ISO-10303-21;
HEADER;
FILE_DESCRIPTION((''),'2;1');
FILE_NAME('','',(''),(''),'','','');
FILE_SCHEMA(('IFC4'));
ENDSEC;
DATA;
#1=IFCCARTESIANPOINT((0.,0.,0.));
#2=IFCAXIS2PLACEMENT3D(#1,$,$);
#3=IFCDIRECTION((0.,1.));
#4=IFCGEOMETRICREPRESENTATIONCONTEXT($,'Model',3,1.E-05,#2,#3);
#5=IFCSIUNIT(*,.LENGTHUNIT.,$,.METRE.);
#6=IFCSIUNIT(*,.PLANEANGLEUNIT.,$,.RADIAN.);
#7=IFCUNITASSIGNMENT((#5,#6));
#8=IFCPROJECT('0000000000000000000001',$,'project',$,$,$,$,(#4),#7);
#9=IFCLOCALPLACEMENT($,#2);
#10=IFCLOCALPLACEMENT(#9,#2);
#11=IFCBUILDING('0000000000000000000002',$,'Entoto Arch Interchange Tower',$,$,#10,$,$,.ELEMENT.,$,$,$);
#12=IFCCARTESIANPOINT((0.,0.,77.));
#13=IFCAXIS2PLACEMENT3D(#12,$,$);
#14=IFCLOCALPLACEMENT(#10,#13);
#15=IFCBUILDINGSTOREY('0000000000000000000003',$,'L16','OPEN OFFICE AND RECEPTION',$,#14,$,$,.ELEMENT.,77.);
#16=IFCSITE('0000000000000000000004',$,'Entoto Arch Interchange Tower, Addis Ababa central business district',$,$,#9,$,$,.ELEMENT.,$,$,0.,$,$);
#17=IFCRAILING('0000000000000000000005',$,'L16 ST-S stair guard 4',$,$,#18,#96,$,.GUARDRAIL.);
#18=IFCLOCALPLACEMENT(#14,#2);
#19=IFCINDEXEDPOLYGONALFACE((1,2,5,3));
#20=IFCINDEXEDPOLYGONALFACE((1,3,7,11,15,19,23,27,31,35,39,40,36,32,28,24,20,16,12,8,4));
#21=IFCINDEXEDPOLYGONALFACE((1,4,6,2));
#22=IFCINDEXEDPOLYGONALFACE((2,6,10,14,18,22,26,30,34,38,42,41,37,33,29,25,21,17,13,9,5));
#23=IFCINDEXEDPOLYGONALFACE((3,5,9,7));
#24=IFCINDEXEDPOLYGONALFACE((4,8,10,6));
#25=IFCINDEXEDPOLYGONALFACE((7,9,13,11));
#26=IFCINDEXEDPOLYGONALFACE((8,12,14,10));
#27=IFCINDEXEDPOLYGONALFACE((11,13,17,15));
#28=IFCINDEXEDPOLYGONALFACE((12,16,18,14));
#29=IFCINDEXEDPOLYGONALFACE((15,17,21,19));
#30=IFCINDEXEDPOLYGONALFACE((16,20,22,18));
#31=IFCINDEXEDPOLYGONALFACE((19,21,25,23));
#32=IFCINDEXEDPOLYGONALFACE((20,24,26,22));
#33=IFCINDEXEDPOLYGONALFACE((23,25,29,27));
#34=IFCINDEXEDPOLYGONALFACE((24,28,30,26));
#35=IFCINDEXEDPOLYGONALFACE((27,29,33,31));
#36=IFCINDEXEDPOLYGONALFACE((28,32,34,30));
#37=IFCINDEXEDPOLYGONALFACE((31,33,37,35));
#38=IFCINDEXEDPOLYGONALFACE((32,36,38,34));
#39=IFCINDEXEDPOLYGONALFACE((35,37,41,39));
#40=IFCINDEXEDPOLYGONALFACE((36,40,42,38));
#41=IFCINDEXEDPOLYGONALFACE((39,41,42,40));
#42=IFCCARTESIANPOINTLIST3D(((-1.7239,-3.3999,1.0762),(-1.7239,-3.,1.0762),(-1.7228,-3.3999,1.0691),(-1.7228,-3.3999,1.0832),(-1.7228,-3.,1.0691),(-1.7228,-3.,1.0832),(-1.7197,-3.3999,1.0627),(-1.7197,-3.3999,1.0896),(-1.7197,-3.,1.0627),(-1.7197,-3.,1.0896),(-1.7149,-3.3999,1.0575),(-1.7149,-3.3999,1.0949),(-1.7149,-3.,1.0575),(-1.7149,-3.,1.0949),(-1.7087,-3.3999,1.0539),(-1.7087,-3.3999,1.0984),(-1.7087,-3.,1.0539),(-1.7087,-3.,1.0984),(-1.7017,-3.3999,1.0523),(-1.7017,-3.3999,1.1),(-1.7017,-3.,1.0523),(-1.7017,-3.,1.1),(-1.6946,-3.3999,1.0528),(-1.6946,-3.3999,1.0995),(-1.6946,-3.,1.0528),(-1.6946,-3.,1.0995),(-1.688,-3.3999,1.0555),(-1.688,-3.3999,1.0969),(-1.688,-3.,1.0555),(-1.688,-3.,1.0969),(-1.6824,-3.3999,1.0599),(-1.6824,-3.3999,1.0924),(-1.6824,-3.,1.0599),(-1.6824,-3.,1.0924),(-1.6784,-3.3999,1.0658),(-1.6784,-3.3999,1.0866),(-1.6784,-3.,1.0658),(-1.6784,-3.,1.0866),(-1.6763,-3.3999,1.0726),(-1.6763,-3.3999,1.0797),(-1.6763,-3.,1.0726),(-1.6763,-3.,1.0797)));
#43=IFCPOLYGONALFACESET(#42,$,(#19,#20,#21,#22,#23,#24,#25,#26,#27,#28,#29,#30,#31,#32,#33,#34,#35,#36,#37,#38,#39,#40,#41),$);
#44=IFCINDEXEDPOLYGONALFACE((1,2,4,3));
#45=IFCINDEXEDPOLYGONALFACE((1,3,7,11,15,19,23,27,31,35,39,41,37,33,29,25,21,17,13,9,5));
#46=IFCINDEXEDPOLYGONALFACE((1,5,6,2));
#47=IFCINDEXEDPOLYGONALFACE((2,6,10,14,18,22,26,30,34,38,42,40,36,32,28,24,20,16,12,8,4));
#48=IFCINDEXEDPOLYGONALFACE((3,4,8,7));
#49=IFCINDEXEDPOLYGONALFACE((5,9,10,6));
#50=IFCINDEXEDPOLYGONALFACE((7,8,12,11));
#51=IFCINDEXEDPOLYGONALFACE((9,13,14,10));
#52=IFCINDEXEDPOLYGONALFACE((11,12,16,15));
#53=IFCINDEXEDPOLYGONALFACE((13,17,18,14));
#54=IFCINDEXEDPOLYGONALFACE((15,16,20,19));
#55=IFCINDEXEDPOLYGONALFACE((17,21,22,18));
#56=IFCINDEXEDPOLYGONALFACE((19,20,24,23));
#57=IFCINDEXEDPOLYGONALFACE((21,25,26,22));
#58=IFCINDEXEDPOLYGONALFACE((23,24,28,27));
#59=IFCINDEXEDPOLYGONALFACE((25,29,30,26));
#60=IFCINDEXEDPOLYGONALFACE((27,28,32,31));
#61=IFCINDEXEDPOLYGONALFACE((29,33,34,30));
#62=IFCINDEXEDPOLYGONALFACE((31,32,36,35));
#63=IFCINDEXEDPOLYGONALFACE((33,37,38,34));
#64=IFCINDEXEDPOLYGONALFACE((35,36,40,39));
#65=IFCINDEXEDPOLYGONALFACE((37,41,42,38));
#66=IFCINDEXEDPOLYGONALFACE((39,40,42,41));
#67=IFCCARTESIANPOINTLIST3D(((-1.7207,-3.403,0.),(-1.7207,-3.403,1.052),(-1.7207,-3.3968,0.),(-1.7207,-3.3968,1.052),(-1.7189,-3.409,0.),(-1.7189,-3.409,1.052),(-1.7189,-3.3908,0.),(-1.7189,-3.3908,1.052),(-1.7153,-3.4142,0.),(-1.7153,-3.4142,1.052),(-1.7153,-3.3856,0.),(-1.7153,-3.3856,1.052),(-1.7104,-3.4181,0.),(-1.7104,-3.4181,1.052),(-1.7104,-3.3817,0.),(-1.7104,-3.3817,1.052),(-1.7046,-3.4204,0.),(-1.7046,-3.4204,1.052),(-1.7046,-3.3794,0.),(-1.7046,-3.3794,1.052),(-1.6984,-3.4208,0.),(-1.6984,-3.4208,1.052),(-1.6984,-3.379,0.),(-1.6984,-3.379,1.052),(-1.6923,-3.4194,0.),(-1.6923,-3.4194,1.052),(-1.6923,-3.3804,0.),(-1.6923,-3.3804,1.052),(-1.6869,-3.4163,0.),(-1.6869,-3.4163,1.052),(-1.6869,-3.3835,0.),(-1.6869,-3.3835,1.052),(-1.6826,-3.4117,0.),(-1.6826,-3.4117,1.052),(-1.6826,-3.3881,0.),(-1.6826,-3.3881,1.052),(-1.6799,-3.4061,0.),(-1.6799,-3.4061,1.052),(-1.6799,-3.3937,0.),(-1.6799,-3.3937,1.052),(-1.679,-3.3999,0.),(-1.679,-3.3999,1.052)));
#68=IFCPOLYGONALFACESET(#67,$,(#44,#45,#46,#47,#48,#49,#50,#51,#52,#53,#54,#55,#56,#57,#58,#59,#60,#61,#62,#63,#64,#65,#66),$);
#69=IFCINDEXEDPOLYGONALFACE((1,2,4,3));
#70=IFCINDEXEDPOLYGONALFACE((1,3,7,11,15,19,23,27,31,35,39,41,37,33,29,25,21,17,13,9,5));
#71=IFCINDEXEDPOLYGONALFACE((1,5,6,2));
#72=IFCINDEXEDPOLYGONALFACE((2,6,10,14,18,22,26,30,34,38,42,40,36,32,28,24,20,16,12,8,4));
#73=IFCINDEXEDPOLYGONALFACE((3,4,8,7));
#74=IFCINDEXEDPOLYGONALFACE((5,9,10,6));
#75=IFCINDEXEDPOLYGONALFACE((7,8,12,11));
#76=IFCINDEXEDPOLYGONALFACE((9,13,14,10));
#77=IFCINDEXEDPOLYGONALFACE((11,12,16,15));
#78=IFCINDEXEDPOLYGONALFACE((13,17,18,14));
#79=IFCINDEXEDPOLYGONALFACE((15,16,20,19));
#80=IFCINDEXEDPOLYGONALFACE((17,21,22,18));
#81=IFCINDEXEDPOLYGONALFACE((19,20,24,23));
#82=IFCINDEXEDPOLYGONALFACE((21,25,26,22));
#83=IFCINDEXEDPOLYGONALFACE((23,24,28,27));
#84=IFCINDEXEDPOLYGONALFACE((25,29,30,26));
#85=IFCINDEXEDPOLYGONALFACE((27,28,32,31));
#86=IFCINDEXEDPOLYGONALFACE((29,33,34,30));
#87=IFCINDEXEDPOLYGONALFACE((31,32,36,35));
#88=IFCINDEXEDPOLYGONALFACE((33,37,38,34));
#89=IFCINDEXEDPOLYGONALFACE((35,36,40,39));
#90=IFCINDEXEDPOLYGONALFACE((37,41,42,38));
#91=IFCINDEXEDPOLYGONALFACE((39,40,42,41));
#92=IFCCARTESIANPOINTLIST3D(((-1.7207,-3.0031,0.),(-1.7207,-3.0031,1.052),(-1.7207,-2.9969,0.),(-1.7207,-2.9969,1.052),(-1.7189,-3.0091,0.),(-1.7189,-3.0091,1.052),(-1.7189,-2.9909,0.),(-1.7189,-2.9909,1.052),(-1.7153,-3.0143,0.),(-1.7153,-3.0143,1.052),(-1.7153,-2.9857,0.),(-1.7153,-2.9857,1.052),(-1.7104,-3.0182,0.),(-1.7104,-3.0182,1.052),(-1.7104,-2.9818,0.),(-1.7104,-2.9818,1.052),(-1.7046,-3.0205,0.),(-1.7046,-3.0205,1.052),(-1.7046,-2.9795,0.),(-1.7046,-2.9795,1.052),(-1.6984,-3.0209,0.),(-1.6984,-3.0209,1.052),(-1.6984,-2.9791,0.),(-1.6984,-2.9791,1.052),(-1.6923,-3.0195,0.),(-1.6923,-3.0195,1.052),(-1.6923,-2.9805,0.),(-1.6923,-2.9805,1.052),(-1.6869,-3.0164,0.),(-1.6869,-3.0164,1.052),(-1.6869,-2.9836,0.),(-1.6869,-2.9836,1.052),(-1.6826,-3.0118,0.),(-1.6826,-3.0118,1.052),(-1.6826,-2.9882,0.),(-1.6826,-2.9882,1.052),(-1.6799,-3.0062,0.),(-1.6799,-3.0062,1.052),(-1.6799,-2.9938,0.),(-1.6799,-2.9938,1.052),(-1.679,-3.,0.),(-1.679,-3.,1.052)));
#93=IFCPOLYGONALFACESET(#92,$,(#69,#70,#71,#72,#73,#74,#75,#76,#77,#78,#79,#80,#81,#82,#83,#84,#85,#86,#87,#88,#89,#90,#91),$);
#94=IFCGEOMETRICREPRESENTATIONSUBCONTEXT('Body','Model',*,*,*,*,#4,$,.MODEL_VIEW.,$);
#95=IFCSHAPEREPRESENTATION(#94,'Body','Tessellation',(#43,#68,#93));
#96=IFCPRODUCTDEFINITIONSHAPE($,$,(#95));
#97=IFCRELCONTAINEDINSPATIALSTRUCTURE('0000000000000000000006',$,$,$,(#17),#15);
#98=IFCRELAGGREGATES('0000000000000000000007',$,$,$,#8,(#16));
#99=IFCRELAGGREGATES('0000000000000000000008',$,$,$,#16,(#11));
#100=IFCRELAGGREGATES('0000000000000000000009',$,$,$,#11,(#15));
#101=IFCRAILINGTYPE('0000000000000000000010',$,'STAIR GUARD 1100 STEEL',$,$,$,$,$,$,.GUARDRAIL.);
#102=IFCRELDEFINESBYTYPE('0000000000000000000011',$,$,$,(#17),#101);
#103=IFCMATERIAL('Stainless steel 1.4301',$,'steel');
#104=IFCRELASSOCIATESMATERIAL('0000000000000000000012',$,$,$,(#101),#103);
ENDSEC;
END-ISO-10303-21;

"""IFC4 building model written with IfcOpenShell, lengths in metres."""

from ifc_helpers import new_model, si_unit, direction, frame, origin, origin_2d, place, context, subcontext, project, spatial, circle, extrude, material, type_object, element, save


model = new_model("IFC4")

# Units and contexts
model_context = context("Model", 3, precision=1e-05, world=origin(), true_north=direction((0.0, 1.0)))
body_context = subcontext(model_context, "Body", "Model", "MODEL_VIEW")
ifc_project = project(units=[si_unit("LENGTHUNIT", "METRE"), si_unit("PLANEANGLEUNIT", "RADIAN")], contexts=[model_context])

# Site, building, storey
site_placement = place(None, origin())
site = spatial("IfcSite", under=ifc_project, at=site_placement, Name="Entoto Arch Interchange Tower, Addis Ababa central business district", CompositionType="ELEMENT", RefElevation=0.0)
building_placement = place(site_placement, origin())
building = spatial("IfcBuilding", under=site, at=building_placement, Name="Entoto Arch Interchange Tower", CompositionType="ELEMENT")
storey_placement = place(building_placement, frame((0.0, 0.0, 77.0)))
storey = spatial("IfcBuildingStorey", under=building, at=storey_placement, Name="L16", Description="OPEN OFFICE AND RECEPTION", CompositionType="ELEMENT", Elevation=77.0)

# Railing
ifc_material_1 = material(Name="Stainless steel 1.4301", Category="steel")
railing_type_1 = type_object("IfcRailingType", Name="STAIR GUARD 1100 STEEL", PredefinedType="GUARDRAIL", material=ifc_material_1)
railing_1_placement = place(storey_placement, frame((-1.7, -3.3999, 0.0)))
element("IfcRailing", 1, at=railing_1_placement, inside=storey, type_object=railing_type_1, Name="L16 ST-S stair guard 4", PredefinedType="GUARDRAIL", context=body_context, shape_type="SweptSolid", body=[
    extrude(circle(Radius=0.0239, at=origin_2d()), frame((0.0, 0.0, 1.0762), z_axis=(0.0, 1.0, 0.0), x_axis=(-1.0, 0.0, 0.0)), (0.0, 0.0, 1.0), 0.3999),
    extrude(circle(Radius=0.021, at=origin_2d()), origin(), (0.0, 0.0, 1.0), 1.052),
    extrude(circle(Radius=0.021, at=origin_2d()), frame((0.0, 0.3999, 0.0)), (0.0, 0.0, 1.0), 1.052),
])

save(model, "model.ifc")
